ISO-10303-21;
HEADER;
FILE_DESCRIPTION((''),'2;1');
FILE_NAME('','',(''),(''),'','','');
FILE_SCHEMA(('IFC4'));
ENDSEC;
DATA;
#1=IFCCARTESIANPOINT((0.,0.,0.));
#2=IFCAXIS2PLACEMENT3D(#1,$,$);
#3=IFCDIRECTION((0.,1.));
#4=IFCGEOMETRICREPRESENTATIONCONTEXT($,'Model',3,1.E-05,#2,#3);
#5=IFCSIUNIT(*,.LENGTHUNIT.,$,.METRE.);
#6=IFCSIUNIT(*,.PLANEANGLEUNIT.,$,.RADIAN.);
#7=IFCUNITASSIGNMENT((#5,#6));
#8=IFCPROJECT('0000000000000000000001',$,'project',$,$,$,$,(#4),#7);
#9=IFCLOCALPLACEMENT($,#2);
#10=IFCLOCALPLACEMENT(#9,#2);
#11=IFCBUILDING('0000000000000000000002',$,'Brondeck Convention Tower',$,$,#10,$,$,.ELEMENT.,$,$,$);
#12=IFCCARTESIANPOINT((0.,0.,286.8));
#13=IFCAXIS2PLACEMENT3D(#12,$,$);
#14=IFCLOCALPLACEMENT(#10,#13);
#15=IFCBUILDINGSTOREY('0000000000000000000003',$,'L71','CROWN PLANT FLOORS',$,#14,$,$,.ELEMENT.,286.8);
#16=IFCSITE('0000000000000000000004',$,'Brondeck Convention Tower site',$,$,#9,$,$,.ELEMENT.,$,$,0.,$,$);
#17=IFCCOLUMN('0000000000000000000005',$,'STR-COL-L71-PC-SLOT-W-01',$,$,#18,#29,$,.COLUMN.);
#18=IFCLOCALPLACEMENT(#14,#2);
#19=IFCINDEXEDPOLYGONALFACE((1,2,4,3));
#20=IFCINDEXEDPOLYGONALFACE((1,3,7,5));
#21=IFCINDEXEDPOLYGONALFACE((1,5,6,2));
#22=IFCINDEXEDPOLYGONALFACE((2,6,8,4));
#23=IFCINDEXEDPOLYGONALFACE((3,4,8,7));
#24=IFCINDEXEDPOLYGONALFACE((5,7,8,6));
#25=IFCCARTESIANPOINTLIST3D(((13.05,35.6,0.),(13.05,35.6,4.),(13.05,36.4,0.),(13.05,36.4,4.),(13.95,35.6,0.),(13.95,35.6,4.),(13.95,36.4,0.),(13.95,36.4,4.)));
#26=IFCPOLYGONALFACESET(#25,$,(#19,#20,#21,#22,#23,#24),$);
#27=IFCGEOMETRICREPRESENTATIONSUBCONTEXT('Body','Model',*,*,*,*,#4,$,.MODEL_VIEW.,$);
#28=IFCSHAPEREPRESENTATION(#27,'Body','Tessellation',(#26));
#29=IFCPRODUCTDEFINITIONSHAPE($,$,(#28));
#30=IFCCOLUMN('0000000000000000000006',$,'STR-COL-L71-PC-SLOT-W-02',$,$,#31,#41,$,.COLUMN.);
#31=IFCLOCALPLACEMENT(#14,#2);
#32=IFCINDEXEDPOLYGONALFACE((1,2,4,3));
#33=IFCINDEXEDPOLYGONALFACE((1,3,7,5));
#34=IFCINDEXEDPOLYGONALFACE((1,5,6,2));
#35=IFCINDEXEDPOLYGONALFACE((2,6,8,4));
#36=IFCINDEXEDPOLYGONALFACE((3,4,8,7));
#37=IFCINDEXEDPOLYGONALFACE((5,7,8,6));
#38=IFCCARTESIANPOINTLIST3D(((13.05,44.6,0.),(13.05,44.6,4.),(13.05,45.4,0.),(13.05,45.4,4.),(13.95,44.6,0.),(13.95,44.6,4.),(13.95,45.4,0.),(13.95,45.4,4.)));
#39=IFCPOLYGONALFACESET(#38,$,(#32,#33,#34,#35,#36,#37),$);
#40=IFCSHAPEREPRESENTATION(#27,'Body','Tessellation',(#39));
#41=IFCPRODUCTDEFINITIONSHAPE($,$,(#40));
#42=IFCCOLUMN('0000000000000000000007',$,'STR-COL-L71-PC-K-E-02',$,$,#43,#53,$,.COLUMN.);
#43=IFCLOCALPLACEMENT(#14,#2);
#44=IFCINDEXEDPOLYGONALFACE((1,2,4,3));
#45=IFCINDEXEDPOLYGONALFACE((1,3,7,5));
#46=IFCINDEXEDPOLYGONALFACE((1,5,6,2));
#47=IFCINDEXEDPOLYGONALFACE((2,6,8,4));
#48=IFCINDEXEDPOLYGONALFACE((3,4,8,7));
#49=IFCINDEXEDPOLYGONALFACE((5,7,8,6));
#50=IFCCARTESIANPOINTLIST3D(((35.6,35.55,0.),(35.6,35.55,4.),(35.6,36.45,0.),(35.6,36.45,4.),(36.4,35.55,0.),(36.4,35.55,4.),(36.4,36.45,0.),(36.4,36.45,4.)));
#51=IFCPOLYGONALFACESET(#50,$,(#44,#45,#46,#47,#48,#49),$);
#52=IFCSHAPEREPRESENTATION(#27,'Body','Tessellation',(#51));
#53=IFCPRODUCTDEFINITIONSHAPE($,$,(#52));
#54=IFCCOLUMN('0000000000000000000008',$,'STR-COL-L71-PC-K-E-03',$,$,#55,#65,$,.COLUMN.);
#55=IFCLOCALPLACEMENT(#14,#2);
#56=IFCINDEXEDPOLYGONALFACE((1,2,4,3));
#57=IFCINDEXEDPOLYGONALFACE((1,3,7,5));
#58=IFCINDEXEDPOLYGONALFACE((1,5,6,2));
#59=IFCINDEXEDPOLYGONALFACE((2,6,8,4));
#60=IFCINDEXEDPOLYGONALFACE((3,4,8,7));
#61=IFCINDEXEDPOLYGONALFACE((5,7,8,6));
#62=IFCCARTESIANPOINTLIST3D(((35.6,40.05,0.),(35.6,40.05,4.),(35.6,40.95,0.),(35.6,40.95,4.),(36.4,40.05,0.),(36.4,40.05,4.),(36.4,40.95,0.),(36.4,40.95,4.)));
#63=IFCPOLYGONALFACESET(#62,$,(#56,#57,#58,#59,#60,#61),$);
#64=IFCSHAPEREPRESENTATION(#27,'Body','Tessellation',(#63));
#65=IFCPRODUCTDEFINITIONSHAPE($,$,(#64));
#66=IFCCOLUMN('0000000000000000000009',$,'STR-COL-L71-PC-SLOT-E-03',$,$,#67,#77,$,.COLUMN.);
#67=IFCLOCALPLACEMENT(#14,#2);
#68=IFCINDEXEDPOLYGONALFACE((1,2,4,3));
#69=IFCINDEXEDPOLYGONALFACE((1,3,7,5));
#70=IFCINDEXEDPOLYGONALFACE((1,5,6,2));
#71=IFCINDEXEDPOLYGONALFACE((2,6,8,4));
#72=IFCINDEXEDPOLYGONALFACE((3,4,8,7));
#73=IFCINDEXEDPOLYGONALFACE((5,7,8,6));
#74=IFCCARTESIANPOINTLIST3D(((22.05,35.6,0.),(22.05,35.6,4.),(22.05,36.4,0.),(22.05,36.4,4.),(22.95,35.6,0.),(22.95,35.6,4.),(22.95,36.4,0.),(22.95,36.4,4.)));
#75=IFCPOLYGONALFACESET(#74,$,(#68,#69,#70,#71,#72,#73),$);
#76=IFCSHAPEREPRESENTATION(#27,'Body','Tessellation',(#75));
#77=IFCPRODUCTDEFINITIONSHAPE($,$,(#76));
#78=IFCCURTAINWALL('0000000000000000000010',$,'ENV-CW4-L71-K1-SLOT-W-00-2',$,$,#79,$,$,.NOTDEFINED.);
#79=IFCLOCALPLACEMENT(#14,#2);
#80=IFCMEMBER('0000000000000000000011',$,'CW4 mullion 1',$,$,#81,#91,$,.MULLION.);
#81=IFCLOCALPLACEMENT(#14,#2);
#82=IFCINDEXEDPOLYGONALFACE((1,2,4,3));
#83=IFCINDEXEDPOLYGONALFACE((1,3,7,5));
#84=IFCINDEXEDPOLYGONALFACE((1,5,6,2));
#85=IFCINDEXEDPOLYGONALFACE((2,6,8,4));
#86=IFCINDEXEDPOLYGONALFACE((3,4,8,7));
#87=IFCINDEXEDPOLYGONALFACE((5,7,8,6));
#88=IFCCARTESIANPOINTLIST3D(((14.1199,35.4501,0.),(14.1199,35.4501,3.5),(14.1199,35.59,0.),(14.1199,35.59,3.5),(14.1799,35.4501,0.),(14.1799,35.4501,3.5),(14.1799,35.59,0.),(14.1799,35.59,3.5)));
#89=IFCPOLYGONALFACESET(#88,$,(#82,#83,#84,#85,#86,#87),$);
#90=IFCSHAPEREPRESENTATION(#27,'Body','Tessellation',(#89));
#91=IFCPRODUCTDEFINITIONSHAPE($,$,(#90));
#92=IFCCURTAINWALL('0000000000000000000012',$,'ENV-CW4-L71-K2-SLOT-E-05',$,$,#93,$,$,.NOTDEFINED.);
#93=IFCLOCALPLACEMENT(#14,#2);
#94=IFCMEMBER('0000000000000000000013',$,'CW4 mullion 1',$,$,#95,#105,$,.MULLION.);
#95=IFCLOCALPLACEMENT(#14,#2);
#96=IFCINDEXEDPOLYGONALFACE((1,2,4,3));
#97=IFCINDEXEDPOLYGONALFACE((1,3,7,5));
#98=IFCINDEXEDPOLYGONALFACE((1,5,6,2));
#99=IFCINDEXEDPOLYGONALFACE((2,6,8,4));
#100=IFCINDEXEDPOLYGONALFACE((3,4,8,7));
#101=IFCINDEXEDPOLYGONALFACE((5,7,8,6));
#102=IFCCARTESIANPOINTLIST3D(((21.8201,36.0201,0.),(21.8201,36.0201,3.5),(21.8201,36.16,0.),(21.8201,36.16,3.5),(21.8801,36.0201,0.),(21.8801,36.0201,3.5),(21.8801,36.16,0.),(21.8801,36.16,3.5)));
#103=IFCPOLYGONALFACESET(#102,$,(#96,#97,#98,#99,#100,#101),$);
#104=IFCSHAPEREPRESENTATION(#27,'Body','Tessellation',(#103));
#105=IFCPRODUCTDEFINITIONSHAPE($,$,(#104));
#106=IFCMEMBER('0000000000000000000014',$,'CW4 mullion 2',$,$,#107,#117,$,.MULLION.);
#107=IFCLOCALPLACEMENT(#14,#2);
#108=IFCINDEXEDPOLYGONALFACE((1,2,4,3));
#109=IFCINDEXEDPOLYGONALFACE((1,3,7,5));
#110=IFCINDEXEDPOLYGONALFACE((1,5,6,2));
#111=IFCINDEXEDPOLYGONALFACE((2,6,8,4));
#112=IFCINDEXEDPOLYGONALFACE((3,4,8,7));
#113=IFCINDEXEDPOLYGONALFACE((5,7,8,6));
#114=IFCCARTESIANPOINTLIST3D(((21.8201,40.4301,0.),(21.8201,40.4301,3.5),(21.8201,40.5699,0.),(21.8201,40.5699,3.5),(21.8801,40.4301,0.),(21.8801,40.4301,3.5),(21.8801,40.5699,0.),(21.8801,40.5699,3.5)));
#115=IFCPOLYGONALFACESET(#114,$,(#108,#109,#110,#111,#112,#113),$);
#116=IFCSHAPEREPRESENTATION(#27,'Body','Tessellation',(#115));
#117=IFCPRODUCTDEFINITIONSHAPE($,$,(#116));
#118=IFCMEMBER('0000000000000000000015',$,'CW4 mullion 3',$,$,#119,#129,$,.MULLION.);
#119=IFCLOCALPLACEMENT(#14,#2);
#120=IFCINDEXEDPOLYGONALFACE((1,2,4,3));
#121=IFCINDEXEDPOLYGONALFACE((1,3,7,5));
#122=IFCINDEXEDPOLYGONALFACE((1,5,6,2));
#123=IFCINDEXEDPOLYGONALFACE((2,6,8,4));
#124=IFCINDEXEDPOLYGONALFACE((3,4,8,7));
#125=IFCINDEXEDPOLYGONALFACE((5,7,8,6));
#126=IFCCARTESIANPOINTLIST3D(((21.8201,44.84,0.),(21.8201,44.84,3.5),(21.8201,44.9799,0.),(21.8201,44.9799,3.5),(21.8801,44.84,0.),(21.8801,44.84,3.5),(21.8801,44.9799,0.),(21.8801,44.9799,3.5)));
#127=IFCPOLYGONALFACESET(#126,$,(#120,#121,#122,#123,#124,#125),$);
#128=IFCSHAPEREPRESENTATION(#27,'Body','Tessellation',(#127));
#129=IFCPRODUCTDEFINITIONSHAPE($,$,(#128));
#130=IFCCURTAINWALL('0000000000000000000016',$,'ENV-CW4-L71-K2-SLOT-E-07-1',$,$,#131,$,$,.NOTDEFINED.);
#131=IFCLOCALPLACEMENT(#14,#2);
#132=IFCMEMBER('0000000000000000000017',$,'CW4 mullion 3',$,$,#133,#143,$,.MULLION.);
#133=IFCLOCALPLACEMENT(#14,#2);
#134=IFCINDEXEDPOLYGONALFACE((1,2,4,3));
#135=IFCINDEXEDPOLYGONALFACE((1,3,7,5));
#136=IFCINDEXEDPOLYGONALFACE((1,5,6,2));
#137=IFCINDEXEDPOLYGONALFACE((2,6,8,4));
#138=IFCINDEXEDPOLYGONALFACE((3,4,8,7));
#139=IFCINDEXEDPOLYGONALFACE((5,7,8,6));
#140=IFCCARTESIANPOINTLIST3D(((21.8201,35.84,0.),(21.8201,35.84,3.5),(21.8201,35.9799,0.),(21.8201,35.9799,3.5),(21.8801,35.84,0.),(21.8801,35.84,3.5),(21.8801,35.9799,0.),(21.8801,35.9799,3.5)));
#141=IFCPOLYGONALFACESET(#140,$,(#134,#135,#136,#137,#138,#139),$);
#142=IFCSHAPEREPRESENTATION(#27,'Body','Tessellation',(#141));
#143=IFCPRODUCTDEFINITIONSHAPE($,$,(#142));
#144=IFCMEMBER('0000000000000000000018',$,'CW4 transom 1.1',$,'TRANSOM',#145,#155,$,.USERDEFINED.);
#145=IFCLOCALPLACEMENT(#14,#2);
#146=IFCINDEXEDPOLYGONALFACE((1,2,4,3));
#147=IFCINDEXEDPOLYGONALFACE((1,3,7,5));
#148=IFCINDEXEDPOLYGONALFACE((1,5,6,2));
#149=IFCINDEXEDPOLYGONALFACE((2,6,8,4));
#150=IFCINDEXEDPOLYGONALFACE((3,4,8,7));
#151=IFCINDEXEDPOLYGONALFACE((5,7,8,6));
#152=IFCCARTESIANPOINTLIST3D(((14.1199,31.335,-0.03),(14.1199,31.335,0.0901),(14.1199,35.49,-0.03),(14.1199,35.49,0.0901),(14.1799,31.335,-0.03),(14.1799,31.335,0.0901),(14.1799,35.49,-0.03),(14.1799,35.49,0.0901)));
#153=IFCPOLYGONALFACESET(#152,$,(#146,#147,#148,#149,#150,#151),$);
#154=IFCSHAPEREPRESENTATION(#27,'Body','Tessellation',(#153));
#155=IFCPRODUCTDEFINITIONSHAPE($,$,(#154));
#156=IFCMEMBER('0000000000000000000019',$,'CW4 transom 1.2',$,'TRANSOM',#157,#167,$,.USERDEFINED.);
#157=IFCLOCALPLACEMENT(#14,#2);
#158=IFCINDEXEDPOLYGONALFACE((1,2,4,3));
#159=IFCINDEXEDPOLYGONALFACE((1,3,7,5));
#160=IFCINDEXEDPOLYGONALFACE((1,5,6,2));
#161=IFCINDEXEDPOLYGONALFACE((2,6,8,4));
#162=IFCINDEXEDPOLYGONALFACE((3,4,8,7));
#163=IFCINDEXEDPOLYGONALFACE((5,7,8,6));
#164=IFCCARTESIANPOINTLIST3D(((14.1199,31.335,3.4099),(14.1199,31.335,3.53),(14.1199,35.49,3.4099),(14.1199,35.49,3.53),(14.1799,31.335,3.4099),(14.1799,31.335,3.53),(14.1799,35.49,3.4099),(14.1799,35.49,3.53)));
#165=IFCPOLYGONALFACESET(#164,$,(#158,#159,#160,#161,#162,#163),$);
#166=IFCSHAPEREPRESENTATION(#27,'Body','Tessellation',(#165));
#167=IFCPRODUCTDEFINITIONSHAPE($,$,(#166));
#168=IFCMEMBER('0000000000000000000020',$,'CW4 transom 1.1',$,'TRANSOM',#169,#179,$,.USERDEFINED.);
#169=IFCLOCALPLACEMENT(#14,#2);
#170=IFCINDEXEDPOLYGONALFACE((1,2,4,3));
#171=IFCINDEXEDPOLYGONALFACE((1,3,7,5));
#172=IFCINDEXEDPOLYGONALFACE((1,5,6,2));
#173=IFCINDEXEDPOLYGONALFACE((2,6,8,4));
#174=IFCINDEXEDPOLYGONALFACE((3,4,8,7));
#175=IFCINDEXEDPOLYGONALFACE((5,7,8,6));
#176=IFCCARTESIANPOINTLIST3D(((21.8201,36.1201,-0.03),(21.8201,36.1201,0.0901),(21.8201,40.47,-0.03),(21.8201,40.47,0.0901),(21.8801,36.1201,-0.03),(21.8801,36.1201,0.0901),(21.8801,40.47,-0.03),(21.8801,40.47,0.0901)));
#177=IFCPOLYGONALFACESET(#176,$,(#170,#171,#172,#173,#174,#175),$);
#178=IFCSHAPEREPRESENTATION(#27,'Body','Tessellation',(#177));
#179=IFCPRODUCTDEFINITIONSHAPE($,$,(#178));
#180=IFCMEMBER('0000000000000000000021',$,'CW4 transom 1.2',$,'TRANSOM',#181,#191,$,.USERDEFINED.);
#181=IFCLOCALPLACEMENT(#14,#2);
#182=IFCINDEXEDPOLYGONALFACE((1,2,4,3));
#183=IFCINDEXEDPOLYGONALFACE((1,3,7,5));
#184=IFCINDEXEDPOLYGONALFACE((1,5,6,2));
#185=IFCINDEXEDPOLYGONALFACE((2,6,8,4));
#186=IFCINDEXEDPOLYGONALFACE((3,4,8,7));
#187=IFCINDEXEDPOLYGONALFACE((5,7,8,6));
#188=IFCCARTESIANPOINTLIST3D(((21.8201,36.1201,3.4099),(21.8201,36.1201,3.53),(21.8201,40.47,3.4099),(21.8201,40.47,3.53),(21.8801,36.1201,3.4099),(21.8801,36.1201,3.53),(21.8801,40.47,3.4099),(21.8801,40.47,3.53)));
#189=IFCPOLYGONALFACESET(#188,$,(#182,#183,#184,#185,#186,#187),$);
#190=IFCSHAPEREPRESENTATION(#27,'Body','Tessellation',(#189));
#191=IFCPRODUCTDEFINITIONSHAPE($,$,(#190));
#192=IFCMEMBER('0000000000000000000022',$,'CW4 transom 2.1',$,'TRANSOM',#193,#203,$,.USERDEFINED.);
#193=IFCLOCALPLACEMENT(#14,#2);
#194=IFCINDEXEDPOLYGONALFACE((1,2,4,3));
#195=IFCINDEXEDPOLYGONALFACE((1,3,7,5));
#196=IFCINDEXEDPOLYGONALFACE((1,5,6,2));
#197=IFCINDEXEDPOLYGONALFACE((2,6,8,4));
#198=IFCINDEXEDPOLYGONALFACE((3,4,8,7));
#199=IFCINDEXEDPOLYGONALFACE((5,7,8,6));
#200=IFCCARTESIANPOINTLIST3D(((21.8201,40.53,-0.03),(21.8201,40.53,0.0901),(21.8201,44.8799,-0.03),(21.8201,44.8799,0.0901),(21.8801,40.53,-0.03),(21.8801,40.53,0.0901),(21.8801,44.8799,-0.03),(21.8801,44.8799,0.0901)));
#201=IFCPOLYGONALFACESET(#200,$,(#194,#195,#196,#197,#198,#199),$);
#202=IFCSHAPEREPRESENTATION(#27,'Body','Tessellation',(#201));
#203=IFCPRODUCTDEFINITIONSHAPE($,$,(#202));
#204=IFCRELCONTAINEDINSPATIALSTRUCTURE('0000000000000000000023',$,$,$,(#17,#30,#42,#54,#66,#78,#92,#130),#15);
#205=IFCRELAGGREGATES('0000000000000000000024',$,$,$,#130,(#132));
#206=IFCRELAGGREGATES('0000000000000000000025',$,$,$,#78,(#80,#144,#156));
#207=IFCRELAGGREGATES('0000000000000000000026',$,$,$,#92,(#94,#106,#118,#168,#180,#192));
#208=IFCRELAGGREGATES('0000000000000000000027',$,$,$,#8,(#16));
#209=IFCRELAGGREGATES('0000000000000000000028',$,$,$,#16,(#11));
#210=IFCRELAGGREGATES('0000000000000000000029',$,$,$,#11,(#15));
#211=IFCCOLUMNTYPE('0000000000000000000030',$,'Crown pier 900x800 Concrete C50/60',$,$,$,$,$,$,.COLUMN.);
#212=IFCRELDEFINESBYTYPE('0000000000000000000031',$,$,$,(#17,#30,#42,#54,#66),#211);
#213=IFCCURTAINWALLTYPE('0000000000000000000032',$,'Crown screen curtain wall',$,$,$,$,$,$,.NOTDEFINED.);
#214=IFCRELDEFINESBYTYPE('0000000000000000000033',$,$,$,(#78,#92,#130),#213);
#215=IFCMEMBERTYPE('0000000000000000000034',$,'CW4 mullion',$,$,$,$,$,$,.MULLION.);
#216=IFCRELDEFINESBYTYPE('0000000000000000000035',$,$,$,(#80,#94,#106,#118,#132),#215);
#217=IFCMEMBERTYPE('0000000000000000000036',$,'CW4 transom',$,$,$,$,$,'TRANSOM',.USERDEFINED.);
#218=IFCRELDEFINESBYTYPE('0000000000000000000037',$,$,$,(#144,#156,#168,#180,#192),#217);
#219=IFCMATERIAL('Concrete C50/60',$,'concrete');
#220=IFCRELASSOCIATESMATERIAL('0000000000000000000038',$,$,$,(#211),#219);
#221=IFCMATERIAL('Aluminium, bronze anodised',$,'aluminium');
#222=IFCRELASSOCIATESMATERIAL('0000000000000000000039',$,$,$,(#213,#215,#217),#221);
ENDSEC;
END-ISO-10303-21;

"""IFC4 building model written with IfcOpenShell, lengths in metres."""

from ifc_helpers import new_model, si_unit, direction, frame, origin, origin_2d, place, context, subcontext, project, spatial, rectangle, extrude, material, material_profile, profile_set, type_object, element, aggregate, save


model = new_model("IFC4")

# Units and contexts
model_context = context("Model", 3, precision=1e-05, world=origin(), true_north=direction((0.0, 1.0)))
body_context = subcontext(model_context, "Body", "Model", "MODEL_VIEW")
ifc_project = project(units=[si_unit("LENGTHUNIT", "METRE"), si_unit("PLANEANGLEUNIT", "RADIAN")], contexts=[model_context])

# Site, building, storey
site_placement = place(None, origin())
site = spatial("IfcSite", under=ifc_project, at=site_placement, Name="Brondeck Convention Tower site", CompositionType="ELEMENT", RefElevation=0.0)
building_placement = place(site_placement, origin())
building = spatial("IfcBuilding", under=site, at=building_placement, Name="Brondeck Convention Tower", CompositionType="ELEMENT")
storey_placement = place(building_placement, frame((0.0, 0.0, 286.8)))
storey = spatial("IfcBuildingStorey", under=building, at=storey_placement, Name="L71", Description="CROWN PLANT FLOORS", CompositionType="ELEMENT", Elevation=286.8)

# Columns
ifc_material_1 = material(Name="Concrete C50/60", Category="concrete")
ifc_material_profile_1 = material_profile(ifc_material_1, rectangle(XDim=0.8999, YDim=0.8, at=origin_2d()), Name="Crown pier 900x800 Concrete C50/60")
ifc_profile_set_1 = profile_set([ifc_material_profile_1], Name="Concrete C50/60")
column_type = type_object("IfcColumnType", Name="Crown pier 900x800 Concrete C50/60", PredefinedType="COLUMN", material=ifc_profile_set_1)
for number, where, z_axis, x_axis, name in (
    (1, (13.5, 36.0, 0.0), (0.0, 0.0, 1.0), (1.0, 0.0, 0.0), "STR-COL-L71-PC-SLOT-W-01"),
    (2, (13.5, 45.0, 0.0), (0.0, 0.0, 1.0), (1.0, 0.0, 0.0), "STR-COL-L71-PC-SLOT-W-02"),
    (3, (36.0, 36.0, 0.0), (0.0, 0.0, 1.0), (0.0, 1.0, 0.0), "STR-COL-L71-PC-K-E-02"),
    (4, (36.0, 40.5, 0.0), (0.0, 0.0, 1.0), (0.0, 1.0, 0.0), "STR-COL-L71-PC-K-E-03"),
    (5, (22.5, 36.0, 0.0), (0.0, 0.0, 1.0), (1.0, 0.0, 0.0), "STR-COL-L71-PC-SLOT-E-03"),
):
    element("IfcColumn", number, at=place(storey_placement, frame(where, z_axis=z_axis, x_axis=x_axis)), inside=storey, type_object=column_type, Name=name, PredefinedType="COLUMN", context=body_context, shape_type="SweptSolid", body=[
        extrude(rectangle(XDim=0.8999, YDim=0.8, at=origin_2d()), origin(), (0.0, 0.0, 1.0), 4.0),
    ])

# Curtain wall, member
ifc_material_2 = material(Name="Aluminium, bronze anodised", Category="aluminium")
curtain_wall_type = type_object("IfcCurtainWallType", Name="Crown screen curtain wall", PredefinedType="NOTDEFINED", material=ifc_material_2)
curtain_wall_1_placement = place(storey_placement, origin())
curtain_wall_1 = element("IfcCurtainWall", 6, at=curtain_wall_1_placement, inside=storey, type_object=curtain_wall_type, Name="ENV-CW4-L71-K1-SLOT-W-00-2", PredefinedType="NOTDEFINED")
ifc_material_profile_2 = material_profile(ifc_material_2, rectangle(XDim=0.0601, YDim=0.1399, at=origin_2d()), Name="CW4 mullion")
ifc_profile_set_2 = profile_set([ifc_material_profile_2], Name="Aluminium, bronze anodised")
member_type_1 = type_object("IfcMemberType", Name="CW4 mullion", PredefinedType="MULLION", material=ifc_profile_set_2)
member_1_placement = place(storey_placement, frame((14.1499, 35.52, 0.0), z_axis=(0.0, 0.0, 1.0), x_axis=(1.0, 0.0, 0.0)))
member_1 = element("IfcMember", 7, at=member_1_placement, type_object=member_type_1, Name="CW4 mullion 1", PredefinedType="MULLION", context=body_context, shape_type="SweptSolid", body=[
    extrude(rectangle(XDim=0.0601, YDim=0.1399, at=origin_2d()), origin(), (0.0, 0.0, 1.0), 3.5),
])

# Curtain wall, members
curtain_wall_2_placement = place(storey_placement, origin())
curtain_wall_2 = element("IfcCurtainWall", 8, at=curtain_wall_2_placement, inside=storey, type_object=curtain_wall_type, Name="ENV-CW4-L71-K2-SLOT-E-05", PredefinedType="NOTDEFINED")
member_2_placement = place(storey_placement, frame((21.8501, 36.0901, 0.0), z_axis=(0.0, 0.0, 1.0), x_axis=(-1.0, 0.0, 0.0)))
member_2 = element("IfcMember", 9, at=member_2_placement, type_object=member_type_1, Name="CW4 mullion 1", PredefinedType="MULLION", context=body_context, shape_type="SweptSolid", body=[
    extrude(rectangle(XDim=0.0601, YDim=0.1399, at=origin_2d()), origin(), (0.0, 0.0, 1.0), 3.5),
])
member_3_placement = place(storey_placement, frame((21.8501, 40.5, 0.0), z_axis=(0.0, 0.0, 1.0), x_axis=(-1.0, 0.0, 0.0)))
member_3 = element("IfcMember", 10, at=member_3_placement, type_object=member_type_1, Name="CW4 mullion 2", PredefinedType="MULLION", context=body_context, shape_type="SweptSolid", body=[
    extrude(rectangle(XDim=0.0601, YDim=0.1399, at=origin_2d()), origin(), (0.0, 0.0, 1.0), 3.5),
])
member_4_placement = place(storey_placement, frame((21.8501, 44.9099, 0.0), z_axis=(0.0, 0.0, 1.0), x_axis=(-1.0, 0.0, 0.0)))
member_4 = element("IfcMember", 11, at=member_4_placement, type_object=member_type_1, Name="CW4 mullion 3", PredefinedType="MULLION", context=body_context, shape_type="SweptSolid", body=[
    extrude(rectangle(XDim=0.0601, YDim=0.1399, at=origin_2d()), origin(), (0.0, 0.0, 1.0), 3.5),
])

# Curtain wall, member
curtain_wall_3_placement = place(storey_placement, origin())
curtain_wall_3 = element("IfcCurtainWall", 12, at=curtain_wall_3_placement, inside=storey, type_object=curtain_wall_type, Name="ENV-CW4-L71-K2-SLOT-E-07-1", PredefinedType="NOTDEFINED")
member_5_placement = place(storey_placement, frame((21.8501, 35.9099, 0.0), z_axis=(0.0, 0.0, 1.0), x_axis=(-1.0, 0.0, 0.0)))
member_5 = element("IfcMember", 13, at=member_5_placement, type_object=member_type_1, Name="CW4 mullion 3", PredefinedType="MULLION", context=body_context, shape_type="SweptSolid", body=[
    extrude(rectangle(XDim=0.0601, YDim=0.1399, at=origin_2d()), origin(), (0.0, 0.0, 1.0), 3.5),
])
aggregate(curtain_wall_3, [member_5])

# Members
ifc_material_profile_3 = material_profile(ifc_material_2, rectangle(XDim=0.0601, YDim=0.1201, at=origin_2d()), Name="CW4 transom")
ifc_profile_set_3 = profile_set([ifc_material_profile_3], Name="Aluminium, bronze anodised")
member_type_2 = type_object("IfcMemberType", Name="CW4 transom", ElementType="TRANSOM", PredefinedType="USERDEFINED", material=ifc_profile_set_3)
member_6_placement = place(storey_placement, frame((14.1499, 35.49, 0.03), z_axis=(0.0, -1.0, 0.0), x_axis=(1.0, 0.0, 0.0)))
member_6 = element("IfcMember", 14, at=member_6_placement, type_object=member_type_2, Name="CW4 transom 1.1", ObjectType="TRANSOM", PredefinedType="USERDEFINED", context=body_context, shape_type="SweptSolid", body=[
    extrude(rectangle(XDim=0.0601, YDim=0.1201, at=origin_2d()), origin(), (0.0, 0.0, 1.0), 4.155),
])
member_7_placement = place(storey_placement, frame((14.1499, 35.49, 3.47), z_axis=(0.0, -1.0, 0.0), x_axis=(1.0, 0.0, 0.0)))
member_7 = element("IfcMember", 15, at=member_7_placement, type_object=member_type_2, Name="CW4 transom 1.2", ObjectType="TRANSOM", PredefinedType="USERDEFINED", context=body_context, shape_type="SweptSolid", body=[
    extrude(rectangle(XDim=0.0601, YDim=0.1201, at=origin_2d()), origin(), (0.0, 0.0, 1.0), 4.155),
])
aggregate(curtain_wall_1, [member_1, member_6, member_7])
member_8_placement = place(storey_placement, frame((21.8501, 36.1201, 0.03), z_axis=(0.0, 1.0, 0.0), x_axis=(-1.0, 0.0, 0.0)))
member_8 = element("IfcMember", 16, at=member_8_placement, type_object=member_type_2, Name="CW4 transom 1.1", ObjectType="TRANSOM", PredefinedType="USERDEFINED", context=body_context, shape_type="SweptSolid", body=[
    extrude(rectangle(XDim=0.0601, YDim=0.1201, at=origin_2d()), origin(), (0.0, 0.0, 1.0), 4.3499),
])
member_9_placement = place(storey_placement, frame((21.8501, 36.1201, 3.47), z_axis=(0.0, 1.0, 0.0), x_axis=(-1.0, 0.0, 0.0)))
member_9 = element("IfcMember", 17, at=member_9_placement, type_object=member_type_2, Name="CW4 transom 1.2", ObjectType="TRANSOM", PredefinedType="USERDEFINED", context=body_context, shape_type="SweptSolid", body=[
    extrude(rectangle(XDim=0.0601, YDim=0.1201, at=origin_2d()), origin(), (0.0, 0.0, 1.0), 4.3499),
])
member_10_placement = place(storey_placement, frame((21.8501, 40.53, 0.03), z_axis=(0.0, 1.0, 0.0), x_axis=(-1.0, 0.0, 0.0)))
member_10 = element("IfcMember", 18, at=member_10_placement, type_object=member_type_2, Name="CW4 transom 2.1", ObjectType="TRANSOM", PredefinedType="USERDEFINED", context=body_context, shape_type="SweptSolid", body=[
    extrude(rectangle(XDim=0.0601, YDim=0.1201, at=origin_2d()), origin(), (0.0, 0.0, 1.0), 4.3499),
])

aggregate(curtain_wall_2, [member_2, member_3, member_4, member_8, member_9, member_10])

save(model, "model.ifc")
